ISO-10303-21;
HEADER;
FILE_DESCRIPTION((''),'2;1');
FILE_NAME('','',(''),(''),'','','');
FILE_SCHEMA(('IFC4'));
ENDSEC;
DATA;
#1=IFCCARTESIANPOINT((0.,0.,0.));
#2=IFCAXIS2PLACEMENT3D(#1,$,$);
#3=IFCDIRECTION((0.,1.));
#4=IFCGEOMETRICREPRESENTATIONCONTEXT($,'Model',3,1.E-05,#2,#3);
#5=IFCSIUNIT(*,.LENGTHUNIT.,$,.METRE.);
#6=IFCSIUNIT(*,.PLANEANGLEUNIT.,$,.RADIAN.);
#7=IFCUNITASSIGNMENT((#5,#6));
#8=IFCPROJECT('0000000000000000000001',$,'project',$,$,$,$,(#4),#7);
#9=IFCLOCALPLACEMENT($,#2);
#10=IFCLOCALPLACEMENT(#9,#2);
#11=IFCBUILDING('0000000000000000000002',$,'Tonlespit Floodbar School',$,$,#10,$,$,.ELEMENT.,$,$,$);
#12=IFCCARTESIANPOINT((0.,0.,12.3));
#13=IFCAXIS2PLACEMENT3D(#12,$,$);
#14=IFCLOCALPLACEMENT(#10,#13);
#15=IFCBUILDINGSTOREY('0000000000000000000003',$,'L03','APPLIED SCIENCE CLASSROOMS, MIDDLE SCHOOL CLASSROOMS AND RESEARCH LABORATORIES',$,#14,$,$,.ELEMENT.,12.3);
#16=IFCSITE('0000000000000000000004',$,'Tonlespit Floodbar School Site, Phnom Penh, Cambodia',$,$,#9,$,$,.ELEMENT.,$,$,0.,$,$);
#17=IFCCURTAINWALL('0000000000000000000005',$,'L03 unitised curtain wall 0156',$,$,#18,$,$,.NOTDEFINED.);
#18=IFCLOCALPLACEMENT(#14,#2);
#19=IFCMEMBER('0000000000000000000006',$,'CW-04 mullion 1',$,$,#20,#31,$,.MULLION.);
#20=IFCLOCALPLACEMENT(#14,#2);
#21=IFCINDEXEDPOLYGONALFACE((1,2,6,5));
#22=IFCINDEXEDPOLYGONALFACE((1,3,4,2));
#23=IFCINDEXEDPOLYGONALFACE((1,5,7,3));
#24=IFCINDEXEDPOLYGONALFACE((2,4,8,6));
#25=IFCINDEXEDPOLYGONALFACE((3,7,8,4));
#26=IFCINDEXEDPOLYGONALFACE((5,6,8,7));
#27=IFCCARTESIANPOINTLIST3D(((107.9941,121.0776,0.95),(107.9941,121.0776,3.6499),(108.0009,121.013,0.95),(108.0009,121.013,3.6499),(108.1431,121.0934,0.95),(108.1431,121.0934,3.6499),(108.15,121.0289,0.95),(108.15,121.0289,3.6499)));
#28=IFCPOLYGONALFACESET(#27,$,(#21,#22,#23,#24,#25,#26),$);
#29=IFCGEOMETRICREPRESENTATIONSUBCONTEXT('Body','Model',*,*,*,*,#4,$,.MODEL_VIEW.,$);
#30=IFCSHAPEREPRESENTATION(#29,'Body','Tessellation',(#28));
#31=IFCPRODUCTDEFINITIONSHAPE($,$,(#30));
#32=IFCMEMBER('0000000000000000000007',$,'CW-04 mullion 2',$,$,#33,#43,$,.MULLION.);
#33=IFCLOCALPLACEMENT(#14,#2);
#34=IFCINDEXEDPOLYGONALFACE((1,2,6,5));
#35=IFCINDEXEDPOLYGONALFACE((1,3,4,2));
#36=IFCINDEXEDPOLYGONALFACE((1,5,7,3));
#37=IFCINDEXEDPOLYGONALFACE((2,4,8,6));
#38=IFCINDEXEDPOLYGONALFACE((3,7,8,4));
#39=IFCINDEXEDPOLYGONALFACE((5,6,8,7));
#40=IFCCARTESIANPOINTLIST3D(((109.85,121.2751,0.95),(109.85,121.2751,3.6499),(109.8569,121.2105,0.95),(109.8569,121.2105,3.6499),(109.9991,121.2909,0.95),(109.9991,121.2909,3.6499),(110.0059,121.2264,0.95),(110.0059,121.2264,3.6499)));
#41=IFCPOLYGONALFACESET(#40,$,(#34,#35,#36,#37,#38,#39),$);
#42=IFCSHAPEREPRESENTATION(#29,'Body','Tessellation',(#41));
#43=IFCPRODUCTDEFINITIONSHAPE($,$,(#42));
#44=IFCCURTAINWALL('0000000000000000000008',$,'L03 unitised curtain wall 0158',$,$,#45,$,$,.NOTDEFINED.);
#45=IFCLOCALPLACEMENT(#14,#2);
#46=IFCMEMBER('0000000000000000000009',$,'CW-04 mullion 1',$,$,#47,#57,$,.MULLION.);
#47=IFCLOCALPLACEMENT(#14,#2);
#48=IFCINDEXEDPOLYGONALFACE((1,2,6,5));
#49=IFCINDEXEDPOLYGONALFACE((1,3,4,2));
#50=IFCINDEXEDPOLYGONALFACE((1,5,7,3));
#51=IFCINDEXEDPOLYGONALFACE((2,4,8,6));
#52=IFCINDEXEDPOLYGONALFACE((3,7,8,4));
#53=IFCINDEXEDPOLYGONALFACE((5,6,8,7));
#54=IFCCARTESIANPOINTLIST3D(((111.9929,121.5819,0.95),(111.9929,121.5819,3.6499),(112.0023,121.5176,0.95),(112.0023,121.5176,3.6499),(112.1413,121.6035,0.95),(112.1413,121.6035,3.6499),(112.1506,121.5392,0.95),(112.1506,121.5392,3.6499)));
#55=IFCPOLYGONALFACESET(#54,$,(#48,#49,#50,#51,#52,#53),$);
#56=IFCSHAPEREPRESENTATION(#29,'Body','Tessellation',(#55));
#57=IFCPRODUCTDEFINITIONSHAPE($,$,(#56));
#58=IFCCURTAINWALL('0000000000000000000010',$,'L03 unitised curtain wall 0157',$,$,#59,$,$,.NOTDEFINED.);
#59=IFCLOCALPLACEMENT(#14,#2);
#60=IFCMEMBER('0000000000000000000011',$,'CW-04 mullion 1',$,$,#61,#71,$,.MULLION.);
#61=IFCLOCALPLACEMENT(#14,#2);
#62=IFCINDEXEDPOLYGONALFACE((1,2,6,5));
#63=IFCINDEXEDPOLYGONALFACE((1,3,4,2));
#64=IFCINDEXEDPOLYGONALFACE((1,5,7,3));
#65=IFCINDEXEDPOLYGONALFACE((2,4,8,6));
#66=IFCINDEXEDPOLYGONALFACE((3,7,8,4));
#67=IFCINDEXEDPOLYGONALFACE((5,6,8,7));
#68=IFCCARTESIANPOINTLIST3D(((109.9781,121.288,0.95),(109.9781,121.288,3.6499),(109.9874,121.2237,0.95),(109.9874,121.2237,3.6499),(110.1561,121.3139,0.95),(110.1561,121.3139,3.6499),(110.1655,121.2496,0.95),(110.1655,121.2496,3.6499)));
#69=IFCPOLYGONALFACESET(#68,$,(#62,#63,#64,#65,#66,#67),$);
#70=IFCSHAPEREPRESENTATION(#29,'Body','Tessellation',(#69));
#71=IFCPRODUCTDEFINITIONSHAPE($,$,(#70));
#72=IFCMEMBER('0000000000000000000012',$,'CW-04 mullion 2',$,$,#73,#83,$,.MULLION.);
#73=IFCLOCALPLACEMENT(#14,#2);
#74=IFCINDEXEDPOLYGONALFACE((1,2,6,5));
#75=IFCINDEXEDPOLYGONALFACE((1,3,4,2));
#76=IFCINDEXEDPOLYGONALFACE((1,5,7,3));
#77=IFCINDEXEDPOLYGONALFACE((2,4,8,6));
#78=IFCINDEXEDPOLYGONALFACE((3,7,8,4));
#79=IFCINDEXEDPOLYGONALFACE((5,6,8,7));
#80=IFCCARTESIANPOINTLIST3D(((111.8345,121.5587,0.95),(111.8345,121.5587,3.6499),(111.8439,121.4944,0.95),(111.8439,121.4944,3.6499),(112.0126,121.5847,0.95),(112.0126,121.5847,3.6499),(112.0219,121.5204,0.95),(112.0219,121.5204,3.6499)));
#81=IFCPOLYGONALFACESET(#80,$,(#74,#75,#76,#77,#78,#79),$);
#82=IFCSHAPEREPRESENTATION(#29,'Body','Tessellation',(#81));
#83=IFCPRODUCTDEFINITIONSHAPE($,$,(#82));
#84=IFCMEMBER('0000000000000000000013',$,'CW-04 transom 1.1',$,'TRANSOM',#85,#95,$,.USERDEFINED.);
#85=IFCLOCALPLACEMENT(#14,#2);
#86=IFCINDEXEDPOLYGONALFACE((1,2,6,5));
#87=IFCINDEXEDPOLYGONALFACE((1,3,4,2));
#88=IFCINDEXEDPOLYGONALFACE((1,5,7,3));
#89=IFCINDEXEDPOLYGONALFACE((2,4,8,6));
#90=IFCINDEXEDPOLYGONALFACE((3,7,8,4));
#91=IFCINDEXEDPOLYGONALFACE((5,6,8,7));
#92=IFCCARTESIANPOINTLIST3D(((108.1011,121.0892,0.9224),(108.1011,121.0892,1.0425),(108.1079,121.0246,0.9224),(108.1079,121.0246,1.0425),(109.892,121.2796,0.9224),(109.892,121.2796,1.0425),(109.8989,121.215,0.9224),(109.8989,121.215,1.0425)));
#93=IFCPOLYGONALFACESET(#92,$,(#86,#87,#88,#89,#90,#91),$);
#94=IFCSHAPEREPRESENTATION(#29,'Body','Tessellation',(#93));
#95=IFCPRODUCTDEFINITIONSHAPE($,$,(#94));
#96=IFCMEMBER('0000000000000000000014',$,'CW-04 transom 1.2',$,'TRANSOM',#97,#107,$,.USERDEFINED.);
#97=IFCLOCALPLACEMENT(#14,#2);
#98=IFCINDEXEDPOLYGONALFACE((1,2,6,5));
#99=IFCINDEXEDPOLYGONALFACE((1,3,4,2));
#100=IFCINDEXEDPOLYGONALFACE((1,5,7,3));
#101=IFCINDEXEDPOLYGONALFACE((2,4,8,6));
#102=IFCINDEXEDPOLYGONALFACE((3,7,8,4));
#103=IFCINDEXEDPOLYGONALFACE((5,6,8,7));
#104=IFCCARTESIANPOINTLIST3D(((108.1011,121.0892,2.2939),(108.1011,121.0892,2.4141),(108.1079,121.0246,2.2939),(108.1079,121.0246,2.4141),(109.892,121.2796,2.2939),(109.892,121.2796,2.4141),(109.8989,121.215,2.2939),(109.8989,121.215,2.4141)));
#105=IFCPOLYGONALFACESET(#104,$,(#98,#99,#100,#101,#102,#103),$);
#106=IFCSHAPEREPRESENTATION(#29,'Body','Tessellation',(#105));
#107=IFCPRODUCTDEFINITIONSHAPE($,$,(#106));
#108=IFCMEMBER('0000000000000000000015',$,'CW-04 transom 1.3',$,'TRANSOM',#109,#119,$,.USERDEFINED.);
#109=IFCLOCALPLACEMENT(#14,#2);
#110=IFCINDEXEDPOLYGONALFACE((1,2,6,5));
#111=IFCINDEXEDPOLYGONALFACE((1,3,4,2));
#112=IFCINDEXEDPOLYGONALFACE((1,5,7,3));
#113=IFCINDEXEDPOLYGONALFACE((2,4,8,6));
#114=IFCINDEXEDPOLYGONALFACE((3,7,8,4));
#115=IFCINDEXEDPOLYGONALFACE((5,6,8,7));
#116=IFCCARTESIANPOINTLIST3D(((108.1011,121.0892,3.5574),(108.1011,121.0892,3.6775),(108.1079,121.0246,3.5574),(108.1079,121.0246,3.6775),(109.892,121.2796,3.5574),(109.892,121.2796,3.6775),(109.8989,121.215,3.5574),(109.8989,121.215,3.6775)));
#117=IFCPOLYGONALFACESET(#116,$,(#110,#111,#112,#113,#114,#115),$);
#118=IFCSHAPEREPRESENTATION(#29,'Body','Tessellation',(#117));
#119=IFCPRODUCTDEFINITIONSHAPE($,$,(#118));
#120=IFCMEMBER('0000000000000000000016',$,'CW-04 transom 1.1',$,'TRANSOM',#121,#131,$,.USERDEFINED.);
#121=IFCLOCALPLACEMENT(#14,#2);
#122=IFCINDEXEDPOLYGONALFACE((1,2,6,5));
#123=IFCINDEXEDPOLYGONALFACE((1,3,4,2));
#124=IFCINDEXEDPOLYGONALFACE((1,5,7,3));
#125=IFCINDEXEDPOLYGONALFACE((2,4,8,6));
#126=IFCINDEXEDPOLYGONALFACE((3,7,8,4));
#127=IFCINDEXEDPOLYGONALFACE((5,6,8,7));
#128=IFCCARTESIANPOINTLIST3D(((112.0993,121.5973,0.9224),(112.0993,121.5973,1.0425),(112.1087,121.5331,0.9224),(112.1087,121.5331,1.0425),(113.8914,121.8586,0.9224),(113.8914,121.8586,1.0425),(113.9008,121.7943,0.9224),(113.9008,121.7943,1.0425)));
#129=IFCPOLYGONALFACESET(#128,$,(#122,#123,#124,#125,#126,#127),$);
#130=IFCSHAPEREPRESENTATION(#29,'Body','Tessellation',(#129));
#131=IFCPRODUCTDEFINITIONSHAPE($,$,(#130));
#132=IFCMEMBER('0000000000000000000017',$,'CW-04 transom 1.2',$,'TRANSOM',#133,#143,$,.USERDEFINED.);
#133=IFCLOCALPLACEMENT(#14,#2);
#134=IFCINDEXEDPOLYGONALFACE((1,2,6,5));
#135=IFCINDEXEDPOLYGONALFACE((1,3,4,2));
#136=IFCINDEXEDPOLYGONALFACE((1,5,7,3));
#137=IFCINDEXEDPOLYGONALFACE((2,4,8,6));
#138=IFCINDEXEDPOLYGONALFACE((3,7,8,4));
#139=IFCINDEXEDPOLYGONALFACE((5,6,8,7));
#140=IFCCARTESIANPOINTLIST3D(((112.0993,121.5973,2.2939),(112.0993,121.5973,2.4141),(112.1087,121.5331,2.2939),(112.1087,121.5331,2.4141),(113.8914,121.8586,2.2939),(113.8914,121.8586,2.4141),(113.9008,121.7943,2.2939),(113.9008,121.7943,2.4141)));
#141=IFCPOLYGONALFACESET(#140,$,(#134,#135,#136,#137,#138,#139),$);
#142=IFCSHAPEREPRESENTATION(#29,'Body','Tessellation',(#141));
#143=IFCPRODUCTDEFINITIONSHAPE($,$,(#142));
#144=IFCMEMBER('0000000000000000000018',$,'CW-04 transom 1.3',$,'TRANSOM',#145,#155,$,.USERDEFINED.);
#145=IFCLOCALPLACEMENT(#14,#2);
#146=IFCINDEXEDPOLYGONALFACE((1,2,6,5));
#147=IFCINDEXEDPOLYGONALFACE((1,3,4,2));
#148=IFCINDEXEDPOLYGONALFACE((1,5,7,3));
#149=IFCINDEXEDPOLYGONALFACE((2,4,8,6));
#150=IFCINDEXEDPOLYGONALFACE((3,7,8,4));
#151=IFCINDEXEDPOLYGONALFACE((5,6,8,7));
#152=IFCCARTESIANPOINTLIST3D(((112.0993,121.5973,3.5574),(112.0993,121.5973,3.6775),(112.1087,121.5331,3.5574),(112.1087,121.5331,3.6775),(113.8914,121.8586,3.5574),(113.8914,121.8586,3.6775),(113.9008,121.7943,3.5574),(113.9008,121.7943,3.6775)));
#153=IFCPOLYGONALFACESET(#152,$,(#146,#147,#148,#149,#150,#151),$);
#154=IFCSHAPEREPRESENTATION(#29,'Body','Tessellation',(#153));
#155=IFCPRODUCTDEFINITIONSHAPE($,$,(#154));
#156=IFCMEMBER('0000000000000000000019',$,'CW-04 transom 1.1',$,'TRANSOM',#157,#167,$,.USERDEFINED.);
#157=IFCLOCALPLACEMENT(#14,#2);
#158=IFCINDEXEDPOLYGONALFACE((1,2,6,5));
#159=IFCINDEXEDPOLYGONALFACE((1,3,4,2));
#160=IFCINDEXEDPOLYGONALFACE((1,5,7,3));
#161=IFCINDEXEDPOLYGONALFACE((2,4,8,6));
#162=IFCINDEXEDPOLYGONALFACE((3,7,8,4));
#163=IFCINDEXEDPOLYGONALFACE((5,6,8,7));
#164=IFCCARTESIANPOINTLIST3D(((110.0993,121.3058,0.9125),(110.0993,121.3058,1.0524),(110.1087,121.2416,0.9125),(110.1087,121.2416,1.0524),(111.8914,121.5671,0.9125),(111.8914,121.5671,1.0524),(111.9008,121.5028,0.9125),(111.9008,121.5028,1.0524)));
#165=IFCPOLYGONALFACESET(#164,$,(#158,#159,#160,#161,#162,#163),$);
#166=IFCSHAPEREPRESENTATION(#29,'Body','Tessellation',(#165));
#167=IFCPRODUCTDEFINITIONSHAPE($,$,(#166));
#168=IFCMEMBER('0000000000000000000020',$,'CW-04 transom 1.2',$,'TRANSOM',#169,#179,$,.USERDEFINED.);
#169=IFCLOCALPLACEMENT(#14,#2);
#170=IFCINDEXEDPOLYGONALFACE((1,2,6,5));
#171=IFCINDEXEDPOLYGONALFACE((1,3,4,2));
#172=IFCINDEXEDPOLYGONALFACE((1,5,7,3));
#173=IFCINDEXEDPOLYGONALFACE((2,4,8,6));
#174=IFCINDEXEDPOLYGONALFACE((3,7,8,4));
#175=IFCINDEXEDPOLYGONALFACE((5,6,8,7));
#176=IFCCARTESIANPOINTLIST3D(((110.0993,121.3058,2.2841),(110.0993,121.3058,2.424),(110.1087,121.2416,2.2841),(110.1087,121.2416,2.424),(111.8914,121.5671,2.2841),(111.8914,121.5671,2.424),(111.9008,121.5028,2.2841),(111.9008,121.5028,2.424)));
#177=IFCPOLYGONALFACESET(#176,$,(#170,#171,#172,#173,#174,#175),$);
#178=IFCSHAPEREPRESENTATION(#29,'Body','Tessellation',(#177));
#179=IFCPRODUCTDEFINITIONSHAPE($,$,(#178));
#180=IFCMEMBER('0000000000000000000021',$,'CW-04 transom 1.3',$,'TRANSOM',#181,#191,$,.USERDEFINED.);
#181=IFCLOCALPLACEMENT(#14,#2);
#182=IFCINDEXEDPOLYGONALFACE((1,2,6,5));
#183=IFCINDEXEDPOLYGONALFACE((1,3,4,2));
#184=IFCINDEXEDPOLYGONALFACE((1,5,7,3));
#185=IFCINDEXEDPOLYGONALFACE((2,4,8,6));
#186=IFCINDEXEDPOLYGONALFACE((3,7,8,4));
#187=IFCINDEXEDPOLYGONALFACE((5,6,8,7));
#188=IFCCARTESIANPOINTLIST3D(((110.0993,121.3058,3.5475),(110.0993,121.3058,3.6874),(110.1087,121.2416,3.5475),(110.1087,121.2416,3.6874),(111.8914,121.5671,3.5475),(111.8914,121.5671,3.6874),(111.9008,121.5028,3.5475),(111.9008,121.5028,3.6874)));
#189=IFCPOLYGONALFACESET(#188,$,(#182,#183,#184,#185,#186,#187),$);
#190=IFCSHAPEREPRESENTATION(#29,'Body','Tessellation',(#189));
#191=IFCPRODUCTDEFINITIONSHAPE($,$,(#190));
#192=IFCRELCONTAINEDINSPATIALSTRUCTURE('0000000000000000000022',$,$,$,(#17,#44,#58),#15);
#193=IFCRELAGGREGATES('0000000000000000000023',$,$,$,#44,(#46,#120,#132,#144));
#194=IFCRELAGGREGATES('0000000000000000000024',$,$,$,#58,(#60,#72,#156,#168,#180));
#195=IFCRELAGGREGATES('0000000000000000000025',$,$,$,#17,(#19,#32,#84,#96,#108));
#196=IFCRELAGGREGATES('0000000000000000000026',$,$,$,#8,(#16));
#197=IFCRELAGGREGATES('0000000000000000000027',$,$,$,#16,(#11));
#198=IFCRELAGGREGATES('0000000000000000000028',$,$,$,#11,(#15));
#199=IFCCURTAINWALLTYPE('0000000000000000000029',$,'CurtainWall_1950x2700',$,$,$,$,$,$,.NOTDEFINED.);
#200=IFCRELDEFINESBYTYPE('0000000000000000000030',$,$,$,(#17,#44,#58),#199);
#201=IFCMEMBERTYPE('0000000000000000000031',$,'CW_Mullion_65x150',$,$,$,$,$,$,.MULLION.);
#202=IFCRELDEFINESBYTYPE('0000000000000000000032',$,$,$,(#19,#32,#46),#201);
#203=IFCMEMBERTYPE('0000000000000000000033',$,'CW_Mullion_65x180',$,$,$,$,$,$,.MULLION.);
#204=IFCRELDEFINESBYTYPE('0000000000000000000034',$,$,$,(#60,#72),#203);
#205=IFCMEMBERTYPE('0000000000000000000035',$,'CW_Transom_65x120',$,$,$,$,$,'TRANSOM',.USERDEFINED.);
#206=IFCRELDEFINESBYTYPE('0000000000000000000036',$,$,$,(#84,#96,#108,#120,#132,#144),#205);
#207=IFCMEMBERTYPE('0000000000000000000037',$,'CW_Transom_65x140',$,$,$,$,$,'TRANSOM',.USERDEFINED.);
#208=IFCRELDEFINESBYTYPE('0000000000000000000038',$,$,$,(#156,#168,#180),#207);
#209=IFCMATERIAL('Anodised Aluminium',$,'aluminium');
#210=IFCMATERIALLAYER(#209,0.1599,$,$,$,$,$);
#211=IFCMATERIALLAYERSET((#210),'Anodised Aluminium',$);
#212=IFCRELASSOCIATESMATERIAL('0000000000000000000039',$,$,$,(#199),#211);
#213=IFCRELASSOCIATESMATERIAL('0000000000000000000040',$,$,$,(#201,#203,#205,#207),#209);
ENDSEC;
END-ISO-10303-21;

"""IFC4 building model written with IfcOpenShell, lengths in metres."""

from ifc_helpers import new_model, si_unit, direction, frame, origin, origin_2d, place, context, subcontext, project, spatial, rectangle, extrude, material, layer, layer_set, material_profile, profile_set, type_object, element, aggregate, save


model = new_model("IFC4")

# Units and contexts
model_context = context("Model", 3, precision=1e-05, world=origin(), true_north=direction((0.0, 1.0)))
body_context = subcontext(model_context, "Body", "Model", "MODEL_VIEW")
ifc_project = project(units=[si_unit("LENGTHUNIT", "METRE"), si_unit("PLANEANGLEUNIT", "RADIAN")], contexts=[model_context])

# Site, building, storey
site_placement = place(None, origin())
site = spatial("IfcSite", under=ifc_project, at=site_placement, Name="Tonlespit Floodbar School Site, Phnom Penh, Cambodia", CompositionType="ELEMENT", RefElevation=0.0)
building_placement = place(site_placement, origin())
building = spatial("IfcBuilding", under=site, at=building_placement, Name="Tonlespit Floodbar School", CompositionType="ELEMENT")
storey_placement = place(building_placement, frame((0.0, 0.0, 12.3)))
storey = spatial("IfcBuildingStorey", under=building, at=storey_placement, Name="L03", Description="APPLIED SCIENCE CLASSROOMS, MIDDLE SCHOOL CLASSROOMS AND RESEARCH LABORATORIES", CompositionType="ELEMENT", Elevation=12.3)

# Curtain wall, members
ifc_material_1 = material(Name="Anodised Aluminium", Category="aluminium")
ifc_layer_1 = layer(ifc_material_1, 0.1599)
ifc_layer_set_1 = layer_set([ifc_layer_1], Name="Anodised Aluminium")
curtain_wall_type = type_object("IfcCurtainWallType", Name="CurtainWall_1950x2700", PredefinedType="NOTDEFINED", material=ifc_layer_set_1)
curtain_wall_1_placement = place(storey_placement, origin())
curtain_wall_1 = element("IfcCurtainWall", 1, at=curtain_wall_1_placement, inside=storey, type_object=curtain_wall_type, Name="L03 unitised curtain wall 0156", PredefinedType="NOTDEFINED")
ifc_material_profile_1 = material_profile(ifc_material_1, rectangle(XDim=0.0649, YDim=0.1499, at=origin_2d()), Name="ALU M65x150")
ifc_profile_set_1 = profile_set([ifc_material_profile_1], Name="Anodised Aluminium")
member_type_1 = type_object("IfcMemberType", Name="CW_Mullion_65x150", PredefinedType="MULLION", material=ifc_profile_set_1)
member_1_placement = place(storey_placement, frame((108.072, 121.0532, 0.95), z_axis=(0.0, 0.0, 1.0), x_axis=(-0.105787, 0.994389, 0.0)))
member_1 = element("IfcMember", 2, at=member_1_placement, type_object=member_type_1, Name="CW-04 mullion 1", PredefinedType="MULLION", context=body_context, shape_type="SweptSolid", body=[
    extrude(rectangle(XDim=0.0649, YDim=0.1499, at=origin_2d()), origin(), (0.0, 0.0, 1.0), 2.7),
])
member_2_placement = place(storey_placement, frame((109.928, 121.2507, 0.95), z_axis=(0.0, 0.0, 1.0), x_axis=(-0.105787, 0.994389, 0.0)))
member_2 = element("IfcMember", 3, at=member_2_placement, type_object=member_type_1, Name="CW-04 mullion 2", PredefinedType="MULLION", context=body_context, shape_type="SweptSolid", body=[
    extrude(rectangle(XDim=0.0649, YDim=0.1499, at=origin_2d()), origin(), (0.0, 0.0, 1.0), 2.7),
])

# Curtain wall, member
curtain_wall_2_placement = place(storey_placement, origin())
curtain_wall_2 = element("IfcCurtainWall", 4, at=curtain_wall_2_placement, inside=storey, type_object=curtain_wall_type, Name="L03 unitised curtain wall 0158", PredefinedType="NOTDEFINED")
member_3_placement = place(storey_placement, frame((112.0718, 121.5605, 0.95), z_axis=(0.0, 0.0, 1.0), x_axis=(-0.144248, 0.989542, 0.0)))
member_3 = element("IfcMember", 5, at=member_3_placement, type_object=member_type_1, Name="CW-04 mullion 1", PredefinedType="MULLION", context=body_context, shape_type="SweptSolid", body=[
    extrude(rectangle(XDim=0.0649, YDim=0.1499, at=origin_2d()), origin(), (0.0, 0.0, 1.0), 2.7),
])

# Curtain wall, members
curtain_wall_3_placement = place(storey_placement, origin())
curtain_wall_3 = element("IfcCurtainWall", 6, at=curtain_wall_3_placement, inside=storey, type_object=curtain_wall_type, Name="L03 unitised curtain wall 0157", PredefinedType="NOTDEFINED")
ifc_material_profile_2 = material_profile(ifc_material_1, rectangle(XDim=0.0649, YDim=0.1799, at=origin_2d()), Name="ALU M65x180")
ifc_profile_set_2 = profile_set([ifc_material_profile_2], Name="Anodised Aluminium")
member_type_2 = type_object("IfcMemberType", Name="CW_Mullion_65x180", PredefinedType="MULLION", material=ifc_profile_set_2)
member_4_placement = place(storey_placement, frame((110.0718, 121.2688, 0.95), z_axis=(0.0, 0.0, 1.0), x_axis=(-0.144248, 0.989542, 0.0)))
member_4 = element("IfcMember", 7, at=member_4_placement, type_object=member_type_2, Name="CW-04 mullion 1", PredefinedType="MULLION", context=body_context, shape_type="SweptSolid", body=[
    extrude(rectangle(XDim=0.0649, YDim=0.1799, at=origin_2d()), origin(), (0.0, 0.0, 1.0), 2.7),
])
member_5_placement = place(storey_placement, frame((111.9282, 121.5396, 0.95), z_axis=(0.0, 0.0, 1.0), x_axis=(-0.144248, 0.989542, 0.0)))
member_5 = element("IfcMember", 8, at=member_5_placement, type_object=member_type_2, Name="CW-04 mullion 2", PredefinedType="MULLION", context=body_context, shape_type="SweptSolid", body=[
    extrude(rectangle(XDim=0.0649, YDim=0.1799, at=origin_2d()), origin(), (0.0, 0.0, 1.0), 2.7),
])

# Members
ifc_material_profile_3 = material_profile(ifc_material_1, rectangle(XDim=0.0649, YDim=0.1201, at=origin_2d()), Name="ALU T65x120")
ifc_profile_set_3 = profile_set([ifc_material_profile_3], Name="Anodised Aluminium")
member_type_3 = type_object("IfcMemberType", Name="CW_Transom_65x120", ElementType="TRANSOM", PredefinedType="USERDEFINED", material=ifc_profile_set_3)
member_6_placement = place(storey_placement, frame((108.1045, 121.0569, 0.9824), z_axis=(0.994395, 0.105729, 0.0), x_axis=(-0.105729, 0.994395, 0.0)))
member_6 = element("IfcMember", 9, at=member_6_placement, type_object=member_type_3, Name="CW-04 transom 1.1", ObjectType="TRANSOM", PredefinedType="USERDEFINED", context=body_context, shape_type="SweptSolid", body=[
    extrude(rectangle(XDim=0.0649, YDim=0.1201, at=origin_2d()), origin(), (0.0, 0.0, 1.0), 1.801),
])
member_7_placement = place(storey_placement, frame((108.1045, 121.0569, 2.354), z_axis=(0.994395, 0.105729, 0.0), x_axis=(-0.105729, 0.994395, 0.0)))
member_7 = element("IfcMember", 10, at=member_7_placement, type_object=member_type_3, Name="CW-04 transom 1.2", ObjectType="TRANSOM", PredefinedType="USERDEFINED", context=body_context, shape_type="SweptSolid", body=[
    extrude(rectangle(XDim=0.0649, YDim=0.1201, at=origin_2d()), origin(), (0.0, 0.0, 1.0), 1.801),
])
member_8_placement = place(storey_placement, frame((108.1045, 121.0569, 3.6174), z_axis=(0.994395, 0.105729, 0.0), x_axis=(-0.105729, 0.994395, 0.0)))
member_8 = element("IfcMember", 11, at=member_8_placement, type_object=member_type_3, Name="CW-04 transom 1.3", ObjectType="TRANSOM", PredefinedType="USERDEFINED", context=body_context, shape_type="SweptSolid", body=[
    extrude(rectangle(XDim=0.0649, YDim=0.1201, at=origin_2d()), origin(), (0.0, 0.0, 1.0), 1.801),
])
member_9_placement = place(storey_placement, frame((112.104, 121.5652, 0.9824), z_axis=(0.989541, 0.144252, 0.0), x_axis=(-0.144252, 0.989541, 0.0)))
member_9 = element("IfcMember", 12, at=member_9_placement, type_object=member_type_3, Name="CW-04 transom 1.1", ObjectType="TRANSOM", PredefinedType="USERDEFINED", context=body_context, shape_type="SweptSolid", body=[
    extrude(rectangle(XDim=0.0649, YDim=0.1201, at=origin_2d()), origin(), (0.0, 0.0, 1.0), 1.811),
])
member_10_placement = place(storey_placement, frame((112.104, 121.5652, 2.354), z_axis=(0.989541, 0.144252, 0.0), x_axis=(-0.144252, 0.989541, 0.0)))
member_10 = element("IfcMember", 13, at=member_10_placement, type_object=member_type_3, Name="CW-04 transom 1.2", ObjectType="TRANSOM", PredefinedType="USERDEFINED", context=body_context, shape_type="SweptSolid", body=[
    extrude(rectangle(XDim=0.0649, YDim=0.1201, at=origin_2d()), origin(), (0.0, 0.0, 1.0), 1.811),
])
member_11_placement = place(storey_placement, frame((112.104, 121.5652, 3.6174), z_axis=(0.989541, 0.144252, 0.0), x_axis=(-0.144252, 0.989541, 0.0)))
member_11 = element("IfcMember", 14, at=member_11_placement, type_object=member_type_3, Name="CW-04 transom 1.3", ObjectType="TRANSOM", PredefinedType="USERDEFINED", context=body_context, shape_type="SweptSolid", body=[
    extrude(rectangle(XDim=0.0649, YDim=0.1201, at=origin_2d()), origin(), (0.0, 0.0, 1.0), 1.811),
])
aggregate(curtain_wall_2, [member_3, member_9, member_10, member_11])
ifc_material_profile_4 = material_profile(ifc_material_1, rectangle(XDim=0.0649, YDim=0.1399, at=origin_2d()), Name="ALU T65x140")
ifc_profile_set_4 = profile_set([ifc_material_profile_4], Name="Anodised Aluminium")
member_type_4 = type_object("IfcMemberType", Name="CW_Transom_65x140", ElementType="TRANSOM", PredefinedType="USERDEFINED", material=ifc_profile_set_4)
member_12_placement = place(storey_placement, frame((110.104, 121.2737, 0.9824), z_axis=(0.989541, 0.144252, 0.0), x_axis=(-0.144252, 0.989541, 0.0)))
member_12 = element("IfcMember", 15, at=member_12_placement, type_object=member_type_4, Name="CW-04 transom 1.1", ObjectType="TRANSOM", PredefinedType="USERDEFINED", context=body_context, shape_type="SweptSolid", body=[
    extrude(rectangle(XDim=0.0649, YDim=0.1399, at=origin_2d()), origin(), (0.0, 0.0, 1.0), 1.811),
])
member_13_placement = place(storey_placement, frame((110.104, 121.2737, 2.354), z_axis=(0.989541, 0.144252, 0.0), x_axis=(-0.144252, 0.989541, 0.0)))
member_13 = element("IfcMember", 16, at=member_13_placement, type_object=member_type_4, Name="CW-04 transom 1.2", ObjectType="TRANSOM", PredefinedType="USERDEFINED", context=body_context, shape_type="SweptSolid", body=[
    extrude(rectangle(XDim=0.0649, YDim=0.1399, at=origin_2d()), origin(), (0.0, 0.0, 1.0), 1.811),
])
member_14_placement = place(storey_placement, frame((110.104, 121.2737, 3.6174), z_axis=(0.989541, 0.144252, 0.0), x_axis=(-0.144252, 0.989541, 0.0)))
member_14 = element("IfcMember", 17, at=member_14_placement, type_object=member_type_4, Name="CW-04 transom 1.3", ObjectType="TRANSOM", PredefinedType="USERDEFINED", context=body_context, shape_type="SweptSolid", body=[
    extrude(rectangle(XDim=0.0649, YDim=0.1399, at=origin_2d()), origin(), (0.0, 0.0, 1.0), 1.811),
])

aggregate(curtain_wall_3, [member_4, member_5, member_12, member_13, member_14])
aggregate(curtain_wall_1, [member_1, member_2, member_6, member_7, member_8])

save(model, "model.ifc")
